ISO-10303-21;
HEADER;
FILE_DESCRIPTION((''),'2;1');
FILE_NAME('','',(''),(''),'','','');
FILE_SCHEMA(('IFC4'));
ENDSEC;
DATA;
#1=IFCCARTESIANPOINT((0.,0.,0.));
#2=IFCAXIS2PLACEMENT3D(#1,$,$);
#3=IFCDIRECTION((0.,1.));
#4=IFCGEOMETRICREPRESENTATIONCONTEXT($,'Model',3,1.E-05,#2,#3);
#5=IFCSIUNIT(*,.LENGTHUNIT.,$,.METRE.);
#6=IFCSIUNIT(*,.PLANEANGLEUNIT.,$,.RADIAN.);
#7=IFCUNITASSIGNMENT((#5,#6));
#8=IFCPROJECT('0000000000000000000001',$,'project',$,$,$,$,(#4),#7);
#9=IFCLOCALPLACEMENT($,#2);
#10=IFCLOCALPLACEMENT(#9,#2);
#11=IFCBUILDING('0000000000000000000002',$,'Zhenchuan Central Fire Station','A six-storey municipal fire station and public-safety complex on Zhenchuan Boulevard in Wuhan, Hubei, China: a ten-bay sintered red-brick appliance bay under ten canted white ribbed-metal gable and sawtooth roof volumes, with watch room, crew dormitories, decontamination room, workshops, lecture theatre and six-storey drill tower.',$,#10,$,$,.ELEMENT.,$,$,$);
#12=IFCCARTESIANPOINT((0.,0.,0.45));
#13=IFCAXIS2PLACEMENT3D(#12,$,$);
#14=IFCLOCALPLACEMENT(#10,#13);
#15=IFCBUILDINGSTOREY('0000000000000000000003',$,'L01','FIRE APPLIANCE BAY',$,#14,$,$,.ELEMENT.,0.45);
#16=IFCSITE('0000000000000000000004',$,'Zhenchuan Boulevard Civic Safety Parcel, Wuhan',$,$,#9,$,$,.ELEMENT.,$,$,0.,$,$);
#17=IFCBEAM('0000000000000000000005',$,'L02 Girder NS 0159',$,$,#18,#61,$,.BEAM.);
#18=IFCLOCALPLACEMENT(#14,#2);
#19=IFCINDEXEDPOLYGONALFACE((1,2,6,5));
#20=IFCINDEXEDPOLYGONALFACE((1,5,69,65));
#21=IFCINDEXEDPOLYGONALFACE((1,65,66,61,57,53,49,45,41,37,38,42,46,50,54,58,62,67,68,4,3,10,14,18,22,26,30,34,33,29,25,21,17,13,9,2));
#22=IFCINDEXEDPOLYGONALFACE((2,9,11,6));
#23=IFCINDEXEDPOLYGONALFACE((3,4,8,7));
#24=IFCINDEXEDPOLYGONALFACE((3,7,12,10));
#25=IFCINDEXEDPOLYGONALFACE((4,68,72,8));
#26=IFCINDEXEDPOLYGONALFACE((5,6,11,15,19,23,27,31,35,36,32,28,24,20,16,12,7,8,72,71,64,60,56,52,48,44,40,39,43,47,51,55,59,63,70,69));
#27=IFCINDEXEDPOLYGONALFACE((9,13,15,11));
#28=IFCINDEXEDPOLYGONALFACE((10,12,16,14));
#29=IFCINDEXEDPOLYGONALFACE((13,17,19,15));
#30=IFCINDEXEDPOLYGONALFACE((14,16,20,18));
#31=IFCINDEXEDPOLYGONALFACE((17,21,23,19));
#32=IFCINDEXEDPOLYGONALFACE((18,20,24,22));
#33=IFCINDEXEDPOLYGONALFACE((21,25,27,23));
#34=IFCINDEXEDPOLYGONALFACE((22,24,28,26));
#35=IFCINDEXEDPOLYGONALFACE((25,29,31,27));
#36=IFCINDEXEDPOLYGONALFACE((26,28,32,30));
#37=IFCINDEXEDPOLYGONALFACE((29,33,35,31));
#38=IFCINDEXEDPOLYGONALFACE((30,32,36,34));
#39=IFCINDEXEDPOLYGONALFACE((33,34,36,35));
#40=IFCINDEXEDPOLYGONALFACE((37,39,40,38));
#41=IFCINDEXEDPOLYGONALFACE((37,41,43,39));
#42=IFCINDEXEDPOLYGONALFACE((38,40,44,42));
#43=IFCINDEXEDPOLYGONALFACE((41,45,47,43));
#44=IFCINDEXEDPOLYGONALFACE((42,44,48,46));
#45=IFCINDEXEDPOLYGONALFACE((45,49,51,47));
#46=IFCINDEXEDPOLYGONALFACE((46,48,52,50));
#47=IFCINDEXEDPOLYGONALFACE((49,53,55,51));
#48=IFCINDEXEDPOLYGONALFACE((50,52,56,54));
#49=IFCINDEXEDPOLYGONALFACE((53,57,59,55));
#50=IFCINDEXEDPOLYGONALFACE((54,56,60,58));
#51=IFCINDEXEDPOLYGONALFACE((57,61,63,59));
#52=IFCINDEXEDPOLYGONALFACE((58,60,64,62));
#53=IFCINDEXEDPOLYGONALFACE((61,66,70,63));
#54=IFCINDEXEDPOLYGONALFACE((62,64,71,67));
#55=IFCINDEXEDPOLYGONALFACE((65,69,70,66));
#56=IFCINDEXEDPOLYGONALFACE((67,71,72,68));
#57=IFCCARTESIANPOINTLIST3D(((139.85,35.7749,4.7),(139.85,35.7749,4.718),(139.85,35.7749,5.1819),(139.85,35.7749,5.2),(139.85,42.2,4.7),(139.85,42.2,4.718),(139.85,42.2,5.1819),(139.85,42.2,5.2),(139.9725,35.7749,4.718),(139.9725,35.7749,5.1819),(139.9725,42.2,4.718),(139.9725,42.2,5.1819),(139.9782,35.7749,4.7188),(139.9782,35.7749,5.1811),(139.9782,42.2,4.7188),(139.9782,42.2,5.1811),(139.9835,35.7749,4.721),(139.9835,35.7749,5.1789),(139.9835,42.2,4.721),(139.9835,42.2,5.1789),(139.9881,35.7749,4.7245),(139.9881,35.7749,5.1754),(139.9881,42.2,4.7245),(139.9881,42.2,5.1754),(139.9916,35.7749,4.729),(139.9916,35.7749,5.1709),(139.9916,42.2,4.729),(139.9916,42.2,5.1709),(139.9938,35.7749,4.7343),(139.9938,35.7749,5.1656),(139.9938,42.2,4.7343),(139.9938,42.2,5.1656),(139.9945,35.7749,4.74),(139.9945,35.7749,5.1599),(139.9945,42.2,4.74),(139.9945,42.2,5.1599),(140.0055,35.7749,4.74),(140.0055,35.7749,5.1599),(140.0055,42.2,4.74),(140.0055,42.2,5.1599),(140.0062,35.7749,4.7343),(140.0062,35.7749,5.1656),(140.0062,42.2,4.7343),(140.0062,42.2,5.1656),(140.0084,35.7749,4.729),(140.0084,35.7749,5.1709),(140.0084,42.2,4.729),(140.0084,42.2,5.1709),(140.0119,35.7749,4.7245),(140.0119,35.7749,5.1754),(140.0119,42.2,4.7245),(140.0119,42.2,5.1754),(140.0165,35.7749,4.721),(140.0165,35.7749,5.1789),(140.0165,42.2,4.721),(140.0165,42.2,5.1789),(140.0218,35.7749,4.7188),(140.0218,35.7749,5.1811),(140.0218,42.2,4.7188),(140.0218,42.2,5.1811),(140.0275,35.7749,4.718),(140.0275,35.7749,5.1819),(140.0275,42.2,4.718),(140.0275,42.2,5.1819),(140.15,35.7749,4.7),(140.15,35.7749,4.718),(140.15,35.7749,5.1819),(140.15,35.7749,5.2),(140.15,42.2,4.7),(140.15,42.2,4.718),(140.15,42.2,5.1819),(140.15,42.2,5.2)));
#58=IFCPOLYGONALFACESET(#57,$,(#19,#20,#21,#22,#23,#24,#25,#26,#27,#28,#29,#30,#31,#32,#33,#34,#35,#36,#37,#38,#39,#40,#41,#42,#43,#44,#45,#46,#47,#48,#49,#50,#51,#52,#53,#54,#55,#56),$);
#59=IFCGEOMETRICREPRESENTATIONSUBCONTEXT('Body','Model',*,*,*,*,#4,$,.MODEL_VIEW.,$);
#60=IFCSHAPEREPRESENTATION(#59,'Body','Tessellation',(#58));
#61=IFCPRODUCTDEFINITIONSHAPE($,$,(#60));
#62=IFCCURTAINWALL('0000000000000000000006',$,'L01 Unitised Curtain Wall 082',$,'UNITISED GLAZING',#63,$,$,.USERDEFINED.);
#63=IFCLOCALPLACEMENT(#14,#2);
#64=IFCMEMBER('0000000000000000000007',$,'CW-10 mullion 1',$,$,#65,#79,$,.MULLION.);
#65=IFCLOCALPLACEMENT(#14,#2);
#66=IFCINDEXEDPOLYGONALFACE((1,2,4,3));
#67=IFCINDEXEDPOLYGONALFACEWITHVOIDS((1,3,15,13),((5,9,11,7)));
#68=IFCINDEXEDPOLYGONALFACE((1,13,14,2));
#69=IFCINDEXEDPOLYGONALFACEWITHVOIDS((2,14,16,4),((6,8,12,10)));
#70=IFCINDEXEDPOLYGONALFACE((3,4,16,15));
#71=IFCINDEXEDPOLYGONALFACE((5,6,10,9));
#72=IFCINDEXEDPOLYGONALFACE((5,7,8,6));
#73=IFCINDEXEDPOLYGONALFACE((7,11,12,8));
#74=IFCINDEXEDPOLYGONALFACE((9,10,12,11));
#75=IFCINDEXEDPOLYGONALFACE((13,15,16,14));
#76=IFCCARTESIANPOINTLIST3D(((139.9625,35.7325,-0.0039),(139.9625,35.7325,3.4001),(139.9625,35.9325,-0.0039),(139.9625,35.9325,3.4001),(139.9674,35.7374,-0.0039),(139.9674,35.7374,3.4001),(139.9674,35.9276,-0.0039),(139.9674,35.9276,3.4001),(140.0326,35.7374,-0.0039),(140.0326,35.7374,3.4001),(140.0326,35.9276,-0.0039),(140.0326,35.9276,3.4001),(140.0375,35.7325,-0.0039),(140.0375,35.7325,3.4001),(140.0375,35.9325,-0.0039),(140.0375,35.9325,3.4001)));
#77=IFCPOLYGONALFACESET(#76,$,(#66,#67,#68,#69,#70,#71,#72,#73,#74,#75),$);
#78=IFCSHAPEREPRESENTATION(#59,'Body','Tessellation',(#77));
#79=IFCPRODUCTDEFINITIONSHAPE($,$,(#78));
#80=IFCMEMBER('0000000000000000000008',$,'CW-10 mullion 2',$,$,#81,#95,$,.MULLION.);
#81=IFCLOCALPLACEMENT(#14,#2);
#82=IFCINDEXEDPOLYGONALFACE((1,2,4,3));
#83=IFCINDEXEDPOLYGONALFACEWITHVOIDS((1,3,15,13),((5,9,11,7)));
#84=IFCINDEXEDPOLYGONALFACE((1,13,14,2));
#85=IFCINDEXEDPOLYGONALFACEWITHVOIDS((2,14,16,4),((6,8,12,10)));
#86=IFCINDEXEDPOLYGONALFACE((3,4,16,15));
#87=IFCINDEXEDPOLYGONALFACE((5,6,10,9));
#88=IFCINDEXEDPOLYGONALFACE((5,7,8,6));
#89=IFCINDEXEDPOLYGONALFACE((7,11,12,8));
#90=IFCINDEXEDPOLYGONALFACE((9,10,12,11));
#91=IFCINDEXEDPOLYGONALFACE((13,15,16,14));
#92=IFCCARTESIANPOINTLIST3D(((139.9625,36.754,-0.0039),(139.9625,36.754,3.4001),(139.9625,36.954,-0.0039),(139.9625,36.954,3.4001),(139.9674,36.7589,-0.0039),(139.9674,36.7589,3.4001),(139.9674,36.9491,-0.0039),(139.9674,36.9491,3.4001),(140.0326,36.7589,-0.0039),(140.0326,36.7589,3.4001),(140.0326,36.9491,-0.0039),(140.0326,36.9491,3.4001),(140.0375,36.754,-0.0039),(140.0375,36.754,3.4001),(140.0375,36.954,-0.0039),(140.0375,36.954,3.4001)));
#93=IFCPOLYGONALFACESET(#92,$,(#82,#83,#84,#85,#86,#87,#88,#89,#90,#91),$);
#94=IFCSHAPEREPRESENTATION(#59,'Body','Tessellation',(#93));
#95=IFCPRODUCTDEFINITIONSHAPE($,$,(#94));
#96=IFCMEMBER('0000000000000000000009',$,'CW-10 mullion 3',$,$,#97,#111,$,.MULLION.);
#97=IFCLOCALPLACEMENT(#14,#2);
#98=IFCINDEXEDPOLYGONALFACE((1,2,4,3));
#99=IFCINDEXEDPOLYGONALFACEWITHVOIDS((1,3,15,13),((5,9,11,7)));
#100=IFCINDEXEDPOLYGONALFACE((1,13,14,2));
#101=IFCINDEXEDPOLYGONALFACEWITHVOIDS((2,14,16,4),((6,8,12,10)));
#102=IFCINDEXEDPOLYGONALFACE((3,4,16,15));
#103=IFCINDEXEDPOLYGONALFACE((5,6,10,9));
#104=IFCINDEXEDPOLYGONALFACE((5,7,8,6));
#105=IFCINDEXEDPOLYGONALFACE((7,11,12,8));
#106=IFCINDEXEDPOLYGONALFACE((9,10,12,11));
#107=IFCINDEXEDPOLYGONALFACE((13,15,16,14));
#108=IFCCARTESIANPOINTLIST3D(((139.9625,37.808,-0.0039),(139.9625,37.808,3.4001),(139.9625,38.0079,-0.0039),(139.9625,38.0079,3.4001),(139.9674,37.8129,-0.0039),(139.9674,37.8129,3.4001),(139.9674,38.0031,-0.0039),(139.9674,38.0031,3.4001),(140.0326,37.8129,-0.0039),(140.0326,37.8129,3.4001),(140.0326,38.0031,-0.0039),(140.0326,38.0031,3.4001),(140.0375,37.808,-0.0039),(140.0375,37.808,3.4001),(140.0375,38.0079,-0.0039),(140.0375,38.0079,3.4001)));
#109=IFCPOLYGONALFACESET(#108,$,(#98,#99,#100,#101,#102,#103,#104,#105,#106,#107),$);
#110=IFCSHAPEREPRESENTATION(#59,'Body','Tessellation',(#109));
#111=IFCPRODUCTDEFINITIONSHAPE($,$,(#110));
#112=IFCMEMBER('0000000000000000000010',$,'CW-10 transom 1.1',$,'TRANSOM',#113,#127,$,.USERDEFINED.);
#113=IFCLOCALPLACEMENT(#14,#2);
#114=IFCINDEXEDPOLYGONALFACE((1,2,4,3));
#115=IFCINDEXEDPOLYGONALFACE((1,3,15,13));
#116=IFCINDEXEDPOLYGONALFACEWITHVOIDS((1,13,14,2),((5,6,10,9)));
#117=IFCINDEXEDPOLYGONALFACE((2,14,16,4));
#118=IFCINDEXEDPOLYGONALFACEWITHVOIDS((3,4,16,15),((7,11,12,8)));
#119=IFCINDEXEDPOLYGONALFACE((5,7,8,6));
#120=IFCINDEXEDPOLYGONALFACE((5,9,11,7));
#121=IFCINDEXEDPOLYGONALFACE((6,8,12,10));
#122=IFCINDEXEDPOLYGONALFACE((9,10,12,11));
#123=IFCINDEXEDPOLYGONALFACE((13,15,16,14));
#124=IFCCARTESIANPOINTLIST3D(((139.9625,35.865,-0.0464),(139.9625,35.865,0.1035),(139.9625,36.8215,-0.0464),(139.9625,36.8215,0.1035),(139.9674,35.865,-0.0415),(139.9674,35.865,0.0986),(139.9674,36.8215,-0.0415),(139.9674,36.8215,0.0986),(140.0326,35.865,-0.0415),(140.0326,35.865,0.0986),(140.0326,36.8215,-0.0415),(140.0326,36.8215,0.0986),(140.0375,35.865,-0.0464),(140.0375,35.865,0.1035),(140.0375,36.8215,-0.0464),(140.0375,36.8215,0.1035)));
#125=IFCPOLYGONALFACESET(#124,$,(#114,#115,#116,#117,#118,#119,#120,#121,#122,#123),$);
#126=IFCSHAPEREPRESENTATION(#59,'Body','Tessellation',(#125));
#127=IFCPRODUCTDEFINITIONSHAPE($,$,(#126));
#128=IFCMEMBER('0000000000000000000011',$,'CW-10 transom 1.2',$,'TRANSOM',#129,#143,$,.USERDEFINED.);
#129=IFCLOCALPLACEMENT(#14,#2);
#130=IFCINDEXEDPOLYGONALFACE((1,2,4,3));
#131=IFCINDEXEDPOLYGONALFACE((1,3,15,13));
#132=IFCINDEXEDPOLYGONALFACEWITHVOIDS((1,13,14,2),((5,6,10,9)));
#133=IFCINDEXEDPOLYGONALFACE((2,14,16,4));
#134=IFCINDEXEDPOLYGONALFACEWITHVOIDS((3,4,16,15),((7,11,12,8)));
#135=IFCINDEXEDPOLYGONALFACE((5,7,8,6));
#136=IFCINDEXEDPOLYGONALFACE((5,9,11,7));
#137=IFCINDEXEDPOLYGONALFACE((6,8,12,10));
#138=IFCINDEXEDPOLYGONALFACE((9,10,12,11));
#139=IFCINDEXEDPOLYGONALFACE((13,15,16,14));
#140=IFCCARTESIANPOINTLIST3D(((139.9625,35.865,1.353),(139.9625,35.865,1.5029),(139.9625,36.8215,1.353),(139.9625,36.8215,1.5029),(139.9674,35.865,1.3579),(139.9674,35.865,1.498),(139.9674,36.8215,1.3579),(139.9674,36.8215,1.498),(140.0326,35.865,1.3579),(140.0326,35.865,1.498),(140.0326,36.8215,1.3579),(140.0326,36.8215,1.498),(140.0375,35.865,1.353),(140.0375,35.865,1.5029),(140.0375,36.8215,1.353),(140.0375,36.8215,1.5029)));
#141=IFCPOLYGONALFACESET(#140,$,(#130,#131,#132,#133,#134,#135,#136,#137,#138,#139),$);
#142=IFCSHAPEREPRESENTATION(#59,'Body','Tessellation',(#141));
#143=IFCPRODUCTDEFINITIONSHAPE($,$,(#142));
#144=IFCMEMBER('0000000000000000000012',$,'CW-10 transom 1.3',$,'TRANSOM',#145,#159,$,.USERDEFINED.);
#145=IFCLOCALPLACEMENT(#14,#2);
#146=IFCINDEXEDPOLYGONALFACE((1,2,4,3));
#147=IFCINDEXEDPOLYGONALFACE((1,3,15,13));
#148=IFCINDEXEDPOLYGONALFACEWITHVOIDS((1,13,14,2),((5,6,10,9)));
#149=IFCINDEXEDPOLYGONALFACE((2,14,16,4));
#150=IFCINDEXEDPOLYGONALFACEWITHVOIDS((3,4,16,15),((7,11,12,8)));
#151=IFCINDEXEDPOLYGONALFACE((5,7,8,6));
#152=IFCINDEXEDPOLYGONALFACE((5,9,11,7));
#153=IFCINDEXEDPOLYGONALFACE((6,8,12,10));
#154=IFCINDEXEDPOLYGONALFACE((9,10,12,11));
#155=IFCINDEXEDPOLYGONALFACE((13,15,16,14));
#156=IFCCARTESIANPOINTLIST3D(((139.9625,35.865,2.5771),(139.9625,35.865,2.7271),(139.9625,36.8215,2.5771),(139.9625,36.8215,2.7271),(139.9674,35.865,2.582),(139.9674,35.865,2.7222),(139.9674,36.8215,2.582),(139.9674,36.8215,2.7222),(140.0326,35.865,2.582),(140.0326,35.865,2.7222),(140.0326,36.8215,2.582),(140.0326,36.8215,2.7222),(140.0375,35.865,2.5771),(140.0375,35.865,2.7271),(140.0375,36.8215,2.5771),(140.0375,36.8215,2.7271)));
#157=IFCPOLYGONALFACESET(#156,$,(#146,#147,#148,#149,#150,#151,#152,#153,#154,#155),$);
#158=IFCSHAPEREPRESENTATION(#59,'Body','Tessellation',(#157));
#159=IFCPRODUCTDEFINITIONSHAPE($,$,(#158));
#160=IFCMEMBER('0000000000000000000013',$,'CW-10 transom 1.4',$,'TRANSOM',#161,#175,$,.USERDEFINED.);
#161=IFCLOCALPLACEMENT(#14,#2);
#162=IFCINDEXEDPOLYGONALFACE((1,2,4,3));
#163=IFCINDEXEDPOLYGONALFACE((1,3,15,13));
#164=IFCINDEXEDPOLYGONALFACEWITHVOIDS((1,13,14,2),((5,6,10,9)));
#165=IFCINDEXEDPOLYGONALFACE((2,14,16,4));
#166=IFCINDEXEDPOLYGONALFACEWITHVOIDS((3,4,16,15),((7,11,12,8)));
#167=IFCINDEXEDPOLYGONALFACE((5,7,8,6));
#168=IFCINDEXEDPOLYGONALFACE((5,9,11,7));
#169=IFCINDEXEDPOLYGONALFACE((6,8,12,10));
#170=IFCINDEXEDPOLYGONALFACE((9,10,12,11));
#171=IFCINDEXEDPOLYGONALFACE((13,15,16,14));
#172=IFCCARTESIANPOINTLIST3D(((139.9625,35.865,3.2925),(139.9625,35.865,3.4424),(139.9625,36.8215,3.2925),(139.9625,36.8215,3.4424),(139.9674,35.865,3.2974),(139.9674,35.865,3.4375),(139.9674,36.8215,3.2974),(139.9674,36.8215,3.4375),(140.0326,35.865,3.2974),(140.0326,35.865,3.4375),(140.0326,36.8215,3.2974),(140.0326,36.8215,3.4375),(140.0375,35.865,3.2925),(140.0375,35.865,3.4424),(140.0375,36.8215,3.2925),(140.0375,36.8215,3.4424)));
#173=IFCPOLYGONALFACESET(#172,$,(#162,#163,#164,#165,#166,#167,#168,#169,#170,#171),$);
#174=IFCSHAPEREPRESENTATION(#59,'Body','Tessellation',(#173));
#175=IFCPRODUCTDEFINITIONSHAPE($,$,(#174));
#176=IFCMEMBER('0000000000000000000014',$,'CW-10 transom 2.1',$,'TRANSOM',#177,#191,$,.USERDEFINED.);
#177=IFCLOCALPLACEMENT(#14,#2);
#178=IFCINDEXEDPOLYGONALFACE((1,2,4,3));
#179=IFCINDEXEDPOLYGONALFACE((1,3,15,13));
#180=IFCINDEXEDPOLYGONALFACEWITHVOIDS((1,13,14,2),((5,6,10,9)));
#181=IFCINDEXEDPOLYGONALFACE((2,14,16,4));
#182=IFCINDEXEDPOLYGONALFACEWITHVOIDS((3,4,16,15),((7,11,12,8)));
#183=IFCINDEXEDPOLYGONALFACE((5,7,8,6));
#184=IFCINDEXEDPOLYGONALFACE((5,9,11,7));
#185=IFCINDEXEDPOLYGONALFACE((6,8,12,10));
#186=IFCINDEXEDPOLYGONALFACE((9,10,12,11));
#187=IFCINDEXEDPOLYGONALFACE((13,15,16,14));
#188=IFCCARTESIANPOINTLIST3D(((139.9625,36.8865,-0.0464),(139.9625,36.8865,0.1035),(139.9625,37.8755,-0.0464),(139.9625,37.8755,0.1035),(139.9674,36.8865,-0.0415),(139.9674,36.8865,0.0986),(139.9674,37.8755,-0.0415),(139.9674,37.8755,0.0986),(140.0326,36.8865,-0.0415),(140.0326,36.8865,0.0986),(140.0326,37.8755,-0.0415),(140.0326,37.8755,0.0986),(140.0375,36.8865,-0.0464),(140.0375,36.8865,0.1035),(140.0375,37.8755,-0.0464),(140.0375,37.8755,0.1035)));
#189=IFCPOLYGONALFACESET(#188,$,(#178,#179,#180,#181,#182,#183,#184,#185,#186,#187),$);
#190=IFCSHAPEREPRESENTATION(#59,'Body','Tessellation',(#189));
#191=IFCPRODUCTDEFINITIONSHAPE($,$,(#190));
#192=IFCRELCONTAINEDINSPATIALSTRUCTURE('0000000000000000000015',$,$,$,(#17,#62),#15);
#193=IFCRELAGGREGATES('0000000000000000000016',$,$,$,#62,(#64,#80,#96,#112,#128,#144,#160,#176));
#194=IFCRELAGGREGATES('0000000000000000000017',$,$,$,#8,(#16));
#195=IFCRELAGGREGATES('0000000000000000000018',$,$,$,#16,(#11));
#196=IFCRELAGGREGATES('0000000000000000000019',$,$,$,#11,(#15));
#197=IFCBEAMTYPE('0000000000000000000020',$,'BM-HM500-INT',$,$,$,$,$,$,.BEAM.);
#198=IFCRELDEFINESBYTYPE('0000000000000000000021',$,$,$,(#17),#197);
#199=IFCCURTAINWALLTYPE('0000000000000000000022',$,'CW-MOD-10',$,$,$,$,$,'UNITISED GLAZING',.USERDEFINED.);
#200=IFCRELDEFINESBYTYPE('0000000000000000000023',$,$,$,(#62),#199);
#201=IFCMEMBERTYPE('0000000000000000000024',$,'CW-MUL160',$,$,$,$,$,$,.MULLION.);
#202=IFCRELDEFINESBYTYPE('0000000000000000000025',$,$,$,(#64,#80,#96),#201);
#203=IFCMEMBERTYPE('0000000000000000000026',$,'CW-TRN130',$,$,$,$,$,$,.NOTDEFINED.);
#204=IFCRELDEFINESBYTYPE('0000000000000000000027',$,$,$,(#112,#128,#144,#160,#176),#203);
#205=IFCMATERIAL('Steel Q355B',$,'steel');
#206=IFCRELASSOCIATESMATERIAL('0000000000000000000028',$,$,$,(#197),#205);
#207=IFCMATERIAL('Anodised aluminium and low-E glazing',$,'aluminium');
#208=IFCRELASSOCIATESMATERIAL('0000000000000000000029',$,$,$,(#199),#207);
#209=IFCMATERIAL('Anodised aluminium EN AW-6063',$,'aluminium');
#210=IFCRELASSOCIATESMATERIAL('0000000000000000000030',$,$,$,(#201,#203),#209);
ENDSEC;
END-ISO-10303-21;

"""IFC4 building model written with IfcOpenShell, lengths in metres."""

from ifc_helpers import new_model, si_unit, direction, frame, origin, origin_2d, place, context, subcontext, project, spatial, hollow_rectangle, i_section, extrude, material, material_profile, profile_set, type_object, element, aggregate, save


model = new_model("IFC4")

# Units and contexts
model_context = context("Model", 3, precision=1e-05, world=origin(), true_north=direction((0.0, 1.0)))
body_context = subcontext(model_context, "Body", "Model", "MODEL_VIEW")
ifc_project = project(units=[si_unit("LENGTHUNIT", "METRE"), si_unit("PLANEANGLEUNIT", "RADIAN")], contexts=[model_context])

# Site, building, storey
site_placement = place(None, origin())
site = spatial("IfcSite", under=ifc_project, at=site_placement, Name="Zhenchuan Boulevard Civic Safety Parcel, Wuhan", CompositionType="ELEMENT", RefElevation=0.0)
building_placement = place(site_placement, origin())
building = spatial("IfcBuilding", under=site, at=building_placement, Name="Zhenchuan Central Fire Station", Description="A six-storey municipal fire station and public-safety complex on Zhenchuan Boulevard in Wuhan, Hubei, China: a ten-bay sintered red-brick appliance bay under ten canted white ribbed-metal gable and sawtooth roof volumes, with watch room, crew dormitories, decontamination room, workshops, lecture theatre and six-storey drill tower.", CompositionType="ELEMENT")
storey_placement = place(building_placement, frame((0.0, 0.0, 0.45)))
storey = spatial("IfcBuildingStorey", under=building, at=storey_placement, Name="L01", Description="FIRE APPLIANCE BAY", CompositionType="ELEMENT", Elevation=0.45)

# Beam
ifc_material_1 = material(Name="Steel Q355B", Category="steel")
ifc_material_profile_1 = material_profile(ifc_material_1, i_section(OverallWidth=0.3, OverallDepth=0.5, WebThickness=0.011, FlangeThickness=0.0181, FilletRadius=0.022, at=origin_2d()), Name="HM 500x300")
ifc_profile_set_1 = profile_set([ifc_material_profile_1], Name="Steel Q355B")
beam_type = type_object("IfcBeamType", Name="BM-HM500-INT", PredefinedType="BEAM", material=ifc_profile_set_1)
beam_placement = place(storey_placement, frame((140.0, 35.7749, 4.95), z_axis=(0.0, 1.0, 0.0), x_axis=(-1.0, 0.0, 0.0)))
element("IfcBeam", 1, at=beam_placement, inside=storey, type_object=beam_type, Name="L02 Girder NS 0159", PredefinedType="BEAM", context=body_context, shape_type="SweptSolid", body=[
    extrude(i_section(OverallWidth=0.3, OverallDepth=0.5, WebThickness=0.011, FlangeThickness=0.0181, FilletRadius=0.022, at=origin_2d()), origin(), (0.0, 0.0, 1.0), 6.425),
])

# Curtain wall, members
ifc_material_2 = material(Name="Anodised aluminium and low-E glazing", Category="aluminium")
curtain_wall_type = type_object("IfcCurtainWallType", Name="CW-MOD-10", ElementType="UNITISED GLAZING", PredefinedType="USERDEFINED", material=ifc_material_2)
curtain_wall_placement = place(storey_placement, origin())
curtain_wall = element("IfcCurtainWall", 2, at=curtain_wall_placement, inside=storey, type_object=curtain_wall_type, Name="L01 Unitised Curtain Wall 082", ObjectType="UNITISED GLAZING", PredefinedType="USERDEFINED")
ifc_material_3 = material(Name="Anodised aluminium EN AW-6063", Category="aluminium")
ifc_material_profile_2 = material_profile(ifc_material_3, hollow_rectangle(XDim=0.075, YDim=0.2, WallThickness=0.0049, at=origin_2d()), Name="ALU-M 200x75")
ifc_profile_set_2 = profile_set([ifc_material_profile_2], Name="Anodised aluminium EN AW-6063")
member_type_1 = type_object("IfcMemberType", Name="CW-MUL160", PredefinedType="MULLION", material=ifc_profile_set_2)
member_1_placement = place(storey_placement, frame((140.0, 35.8325, -0.0039), z_axis=(0.0, 0.0, 1.0), x_axis=(-1.0, 0.0, 0.0)))
member_1 = element("IfcMember", 3, at=member_1_placement, type_object=member_type_1, Name="CW-10 mullion 1", PredefinedType="MULLION", context=body_context, shape_type="SweptSolid", body=[
    extrude(hollow_rectangle(XDim=0.075, YDim=0.2, WallThickness=0.0049, at=origin_2d()), origin(), (0.0, 0.0, 1.0), 3.4041),
])
member_2_placement = place(storey_placement, frame((140.0, 36.854, -0.0039), z_axis=(0.0, 0.0, 1.0), x_axis=(-1.0, 0.0, 0.0)))
member_2 = element("IfcMember", 4, at=member_2_placement, type_object=member_type_1, Name="CW-10 mullion 2", PredefinedType="MULLION", context=body_context, shape_type="SweptSolid", body=[
    extrude(hollow_rectangle(XDim=0.075, YDim=0.2, WallThickness=0.0049, at=origin_2d()), origin(), (0.0, 0.0, 1.0), 3.4041),
])
member_3_placement = place(storey_placement, frame((140.0, 37.908, -0.0039), z_axis=(0.0, 0.0, 1.0), x_axis=(-1.0, 0.0, 0.0)))
member_3 = element("IfcMember", 5, at=member_3_placement, type_object=member_type_1, Name="CW-10 mullion 3", PredefinedType="MULLION", context=body_context, shape_type="SweptSolid", body=[
    extrude(hollow_rectangle(XDim=0.075, YDim=0.2, WallThickness=0.0049, at=origin_2d()), origin(), (0.0, 0.0, 1.0), 3.4041),
])
ifc_material_profile_3 = material_profile(ifc_material_3, hollow_rectangle(XDim=0.075, YDim=0.1499, WallThickness=0.0049, at=origin_2d()), Name="ALU-T 150x75")
ifc_profile_set_3 = profile_set([ifc_material_profile_3], Name="Anodised aluminium EN AW-6063")
member_type_2 = type_object("IfcMemberType", Name="CW-TRN130", PredefinedType="NOTDEFINED", material=ifc_profile_set_3)
member_4_placement = place(storey_placement, frame((140.0, 35.865, 0.0286), z_axis=(0.0, 1.0, 0.0), x_axis=(-1.0, 0.0, 0.0)))
member_4 = element("IfcMember", 6, at=member_4_placement, type_object=member_type_2, Name="CW-10 transom 1.1", ObjectType="TRANSOM", PredefinedType="USERDEFINED", context=body_context, shape_type="SweptSolid", body=[
    extrude(hollow_rectangle(XDim=0.075, YDim=0.1499, WallThickness=0.0049, at=origin_2d()), origin(), (0.0, 0.0, 1.0), 0.9565),
])
member_5_placement = place(storey_placement, frame((140.0, 35.865, 1.428), z_axis=(0.0, 1.0, 0.0), x_axis=(-1.0, 0.0, 0.0)))
member_5 = element("IfcMember", 7, at=member_5_placement, type_object=member_type_2, Name="CW-10 transom 1.2", ObjectType="TRANSOM", PredefinedType="USERDEFINED", context=body_context, shape_type="SweptSolid", body=[
    extrude(hollow_rectangle(XDim=0.075, YDim=0.1499, WallThickness=0.0049, at=origin_2d()), origin(), (0.0, 0.0, 1.0), 0.9565),
])
member_6_placement = place(storey_placement, frame((140.0, 35.865, 2.6521), z_axis=(0.0, 1.0, 0.0), x_axis=(-1.0, 0.0, 0.0)))
member_6 = element("IfcMember", 8, at=member_6_placement, type_object=member_type_2, Name="CW-10 transom 1.3", ObjectType="TRANSOM", PredefinedType="USERDEFINED", context=body_context, shape_type="SweptSolid", body=[
    extrude(hollow_rectangle(XDim=0.075, YDim=0.1499, WallThickness=0.0049, at=origin_2d()), origin(), (0.0, 0.0, 1.0), 0.9565),
])
member_7_placement = place(storey_placement, frame((140.0, 35.865, 3.3674), z_axis=(0.0, 1.0, 0.0), x_axis=(-1.0, 0.0, 0.0)))
member_7 = element("IfcMember", 9, at=member_7_placement, type_object=member_type_2, Name="CW-10 transom 1.4", ObjectType="TRANSOM", PredefinedType="USERDEFINED", context=body_context, shape_type="SweptSolid", body=[
    extrude(hollow_rectangle(XDim=0.075, YDim=0.1499, WallThickness=0.0049, at=origin_2d()), origin(), (0.0, 0.0, 1.0), 0.9565),
])
member_8_placement = place(storey_placement, frame((140.0, 36.8865, 0.0286), z_axis=(0.0, 1.0, 0.0), x_axis=(-1.0, 0.0, 0.0)))
member_8 = element("IfcMember", 10, at=member_8_placement, type_object=member_type_2, Name="CW-10 transom 2.1", ObjectType="TRANSOM", PredefinedType="USERDEFINED", context=body_context, shape_type="SweptSolid", body=[
    extrude(hollow_rectangle(XDim=0.075, YDim=0.1499, WallThickness=0.0049, at=origin_2d()), origin(), (0.0, 0.0, 1.0), 0.989),
])
aggregate(curtain_wall, [member_1, member_2, member_3, member_4, member_5, member_6, member_7, member_8])

save(model, "model.ifc")
